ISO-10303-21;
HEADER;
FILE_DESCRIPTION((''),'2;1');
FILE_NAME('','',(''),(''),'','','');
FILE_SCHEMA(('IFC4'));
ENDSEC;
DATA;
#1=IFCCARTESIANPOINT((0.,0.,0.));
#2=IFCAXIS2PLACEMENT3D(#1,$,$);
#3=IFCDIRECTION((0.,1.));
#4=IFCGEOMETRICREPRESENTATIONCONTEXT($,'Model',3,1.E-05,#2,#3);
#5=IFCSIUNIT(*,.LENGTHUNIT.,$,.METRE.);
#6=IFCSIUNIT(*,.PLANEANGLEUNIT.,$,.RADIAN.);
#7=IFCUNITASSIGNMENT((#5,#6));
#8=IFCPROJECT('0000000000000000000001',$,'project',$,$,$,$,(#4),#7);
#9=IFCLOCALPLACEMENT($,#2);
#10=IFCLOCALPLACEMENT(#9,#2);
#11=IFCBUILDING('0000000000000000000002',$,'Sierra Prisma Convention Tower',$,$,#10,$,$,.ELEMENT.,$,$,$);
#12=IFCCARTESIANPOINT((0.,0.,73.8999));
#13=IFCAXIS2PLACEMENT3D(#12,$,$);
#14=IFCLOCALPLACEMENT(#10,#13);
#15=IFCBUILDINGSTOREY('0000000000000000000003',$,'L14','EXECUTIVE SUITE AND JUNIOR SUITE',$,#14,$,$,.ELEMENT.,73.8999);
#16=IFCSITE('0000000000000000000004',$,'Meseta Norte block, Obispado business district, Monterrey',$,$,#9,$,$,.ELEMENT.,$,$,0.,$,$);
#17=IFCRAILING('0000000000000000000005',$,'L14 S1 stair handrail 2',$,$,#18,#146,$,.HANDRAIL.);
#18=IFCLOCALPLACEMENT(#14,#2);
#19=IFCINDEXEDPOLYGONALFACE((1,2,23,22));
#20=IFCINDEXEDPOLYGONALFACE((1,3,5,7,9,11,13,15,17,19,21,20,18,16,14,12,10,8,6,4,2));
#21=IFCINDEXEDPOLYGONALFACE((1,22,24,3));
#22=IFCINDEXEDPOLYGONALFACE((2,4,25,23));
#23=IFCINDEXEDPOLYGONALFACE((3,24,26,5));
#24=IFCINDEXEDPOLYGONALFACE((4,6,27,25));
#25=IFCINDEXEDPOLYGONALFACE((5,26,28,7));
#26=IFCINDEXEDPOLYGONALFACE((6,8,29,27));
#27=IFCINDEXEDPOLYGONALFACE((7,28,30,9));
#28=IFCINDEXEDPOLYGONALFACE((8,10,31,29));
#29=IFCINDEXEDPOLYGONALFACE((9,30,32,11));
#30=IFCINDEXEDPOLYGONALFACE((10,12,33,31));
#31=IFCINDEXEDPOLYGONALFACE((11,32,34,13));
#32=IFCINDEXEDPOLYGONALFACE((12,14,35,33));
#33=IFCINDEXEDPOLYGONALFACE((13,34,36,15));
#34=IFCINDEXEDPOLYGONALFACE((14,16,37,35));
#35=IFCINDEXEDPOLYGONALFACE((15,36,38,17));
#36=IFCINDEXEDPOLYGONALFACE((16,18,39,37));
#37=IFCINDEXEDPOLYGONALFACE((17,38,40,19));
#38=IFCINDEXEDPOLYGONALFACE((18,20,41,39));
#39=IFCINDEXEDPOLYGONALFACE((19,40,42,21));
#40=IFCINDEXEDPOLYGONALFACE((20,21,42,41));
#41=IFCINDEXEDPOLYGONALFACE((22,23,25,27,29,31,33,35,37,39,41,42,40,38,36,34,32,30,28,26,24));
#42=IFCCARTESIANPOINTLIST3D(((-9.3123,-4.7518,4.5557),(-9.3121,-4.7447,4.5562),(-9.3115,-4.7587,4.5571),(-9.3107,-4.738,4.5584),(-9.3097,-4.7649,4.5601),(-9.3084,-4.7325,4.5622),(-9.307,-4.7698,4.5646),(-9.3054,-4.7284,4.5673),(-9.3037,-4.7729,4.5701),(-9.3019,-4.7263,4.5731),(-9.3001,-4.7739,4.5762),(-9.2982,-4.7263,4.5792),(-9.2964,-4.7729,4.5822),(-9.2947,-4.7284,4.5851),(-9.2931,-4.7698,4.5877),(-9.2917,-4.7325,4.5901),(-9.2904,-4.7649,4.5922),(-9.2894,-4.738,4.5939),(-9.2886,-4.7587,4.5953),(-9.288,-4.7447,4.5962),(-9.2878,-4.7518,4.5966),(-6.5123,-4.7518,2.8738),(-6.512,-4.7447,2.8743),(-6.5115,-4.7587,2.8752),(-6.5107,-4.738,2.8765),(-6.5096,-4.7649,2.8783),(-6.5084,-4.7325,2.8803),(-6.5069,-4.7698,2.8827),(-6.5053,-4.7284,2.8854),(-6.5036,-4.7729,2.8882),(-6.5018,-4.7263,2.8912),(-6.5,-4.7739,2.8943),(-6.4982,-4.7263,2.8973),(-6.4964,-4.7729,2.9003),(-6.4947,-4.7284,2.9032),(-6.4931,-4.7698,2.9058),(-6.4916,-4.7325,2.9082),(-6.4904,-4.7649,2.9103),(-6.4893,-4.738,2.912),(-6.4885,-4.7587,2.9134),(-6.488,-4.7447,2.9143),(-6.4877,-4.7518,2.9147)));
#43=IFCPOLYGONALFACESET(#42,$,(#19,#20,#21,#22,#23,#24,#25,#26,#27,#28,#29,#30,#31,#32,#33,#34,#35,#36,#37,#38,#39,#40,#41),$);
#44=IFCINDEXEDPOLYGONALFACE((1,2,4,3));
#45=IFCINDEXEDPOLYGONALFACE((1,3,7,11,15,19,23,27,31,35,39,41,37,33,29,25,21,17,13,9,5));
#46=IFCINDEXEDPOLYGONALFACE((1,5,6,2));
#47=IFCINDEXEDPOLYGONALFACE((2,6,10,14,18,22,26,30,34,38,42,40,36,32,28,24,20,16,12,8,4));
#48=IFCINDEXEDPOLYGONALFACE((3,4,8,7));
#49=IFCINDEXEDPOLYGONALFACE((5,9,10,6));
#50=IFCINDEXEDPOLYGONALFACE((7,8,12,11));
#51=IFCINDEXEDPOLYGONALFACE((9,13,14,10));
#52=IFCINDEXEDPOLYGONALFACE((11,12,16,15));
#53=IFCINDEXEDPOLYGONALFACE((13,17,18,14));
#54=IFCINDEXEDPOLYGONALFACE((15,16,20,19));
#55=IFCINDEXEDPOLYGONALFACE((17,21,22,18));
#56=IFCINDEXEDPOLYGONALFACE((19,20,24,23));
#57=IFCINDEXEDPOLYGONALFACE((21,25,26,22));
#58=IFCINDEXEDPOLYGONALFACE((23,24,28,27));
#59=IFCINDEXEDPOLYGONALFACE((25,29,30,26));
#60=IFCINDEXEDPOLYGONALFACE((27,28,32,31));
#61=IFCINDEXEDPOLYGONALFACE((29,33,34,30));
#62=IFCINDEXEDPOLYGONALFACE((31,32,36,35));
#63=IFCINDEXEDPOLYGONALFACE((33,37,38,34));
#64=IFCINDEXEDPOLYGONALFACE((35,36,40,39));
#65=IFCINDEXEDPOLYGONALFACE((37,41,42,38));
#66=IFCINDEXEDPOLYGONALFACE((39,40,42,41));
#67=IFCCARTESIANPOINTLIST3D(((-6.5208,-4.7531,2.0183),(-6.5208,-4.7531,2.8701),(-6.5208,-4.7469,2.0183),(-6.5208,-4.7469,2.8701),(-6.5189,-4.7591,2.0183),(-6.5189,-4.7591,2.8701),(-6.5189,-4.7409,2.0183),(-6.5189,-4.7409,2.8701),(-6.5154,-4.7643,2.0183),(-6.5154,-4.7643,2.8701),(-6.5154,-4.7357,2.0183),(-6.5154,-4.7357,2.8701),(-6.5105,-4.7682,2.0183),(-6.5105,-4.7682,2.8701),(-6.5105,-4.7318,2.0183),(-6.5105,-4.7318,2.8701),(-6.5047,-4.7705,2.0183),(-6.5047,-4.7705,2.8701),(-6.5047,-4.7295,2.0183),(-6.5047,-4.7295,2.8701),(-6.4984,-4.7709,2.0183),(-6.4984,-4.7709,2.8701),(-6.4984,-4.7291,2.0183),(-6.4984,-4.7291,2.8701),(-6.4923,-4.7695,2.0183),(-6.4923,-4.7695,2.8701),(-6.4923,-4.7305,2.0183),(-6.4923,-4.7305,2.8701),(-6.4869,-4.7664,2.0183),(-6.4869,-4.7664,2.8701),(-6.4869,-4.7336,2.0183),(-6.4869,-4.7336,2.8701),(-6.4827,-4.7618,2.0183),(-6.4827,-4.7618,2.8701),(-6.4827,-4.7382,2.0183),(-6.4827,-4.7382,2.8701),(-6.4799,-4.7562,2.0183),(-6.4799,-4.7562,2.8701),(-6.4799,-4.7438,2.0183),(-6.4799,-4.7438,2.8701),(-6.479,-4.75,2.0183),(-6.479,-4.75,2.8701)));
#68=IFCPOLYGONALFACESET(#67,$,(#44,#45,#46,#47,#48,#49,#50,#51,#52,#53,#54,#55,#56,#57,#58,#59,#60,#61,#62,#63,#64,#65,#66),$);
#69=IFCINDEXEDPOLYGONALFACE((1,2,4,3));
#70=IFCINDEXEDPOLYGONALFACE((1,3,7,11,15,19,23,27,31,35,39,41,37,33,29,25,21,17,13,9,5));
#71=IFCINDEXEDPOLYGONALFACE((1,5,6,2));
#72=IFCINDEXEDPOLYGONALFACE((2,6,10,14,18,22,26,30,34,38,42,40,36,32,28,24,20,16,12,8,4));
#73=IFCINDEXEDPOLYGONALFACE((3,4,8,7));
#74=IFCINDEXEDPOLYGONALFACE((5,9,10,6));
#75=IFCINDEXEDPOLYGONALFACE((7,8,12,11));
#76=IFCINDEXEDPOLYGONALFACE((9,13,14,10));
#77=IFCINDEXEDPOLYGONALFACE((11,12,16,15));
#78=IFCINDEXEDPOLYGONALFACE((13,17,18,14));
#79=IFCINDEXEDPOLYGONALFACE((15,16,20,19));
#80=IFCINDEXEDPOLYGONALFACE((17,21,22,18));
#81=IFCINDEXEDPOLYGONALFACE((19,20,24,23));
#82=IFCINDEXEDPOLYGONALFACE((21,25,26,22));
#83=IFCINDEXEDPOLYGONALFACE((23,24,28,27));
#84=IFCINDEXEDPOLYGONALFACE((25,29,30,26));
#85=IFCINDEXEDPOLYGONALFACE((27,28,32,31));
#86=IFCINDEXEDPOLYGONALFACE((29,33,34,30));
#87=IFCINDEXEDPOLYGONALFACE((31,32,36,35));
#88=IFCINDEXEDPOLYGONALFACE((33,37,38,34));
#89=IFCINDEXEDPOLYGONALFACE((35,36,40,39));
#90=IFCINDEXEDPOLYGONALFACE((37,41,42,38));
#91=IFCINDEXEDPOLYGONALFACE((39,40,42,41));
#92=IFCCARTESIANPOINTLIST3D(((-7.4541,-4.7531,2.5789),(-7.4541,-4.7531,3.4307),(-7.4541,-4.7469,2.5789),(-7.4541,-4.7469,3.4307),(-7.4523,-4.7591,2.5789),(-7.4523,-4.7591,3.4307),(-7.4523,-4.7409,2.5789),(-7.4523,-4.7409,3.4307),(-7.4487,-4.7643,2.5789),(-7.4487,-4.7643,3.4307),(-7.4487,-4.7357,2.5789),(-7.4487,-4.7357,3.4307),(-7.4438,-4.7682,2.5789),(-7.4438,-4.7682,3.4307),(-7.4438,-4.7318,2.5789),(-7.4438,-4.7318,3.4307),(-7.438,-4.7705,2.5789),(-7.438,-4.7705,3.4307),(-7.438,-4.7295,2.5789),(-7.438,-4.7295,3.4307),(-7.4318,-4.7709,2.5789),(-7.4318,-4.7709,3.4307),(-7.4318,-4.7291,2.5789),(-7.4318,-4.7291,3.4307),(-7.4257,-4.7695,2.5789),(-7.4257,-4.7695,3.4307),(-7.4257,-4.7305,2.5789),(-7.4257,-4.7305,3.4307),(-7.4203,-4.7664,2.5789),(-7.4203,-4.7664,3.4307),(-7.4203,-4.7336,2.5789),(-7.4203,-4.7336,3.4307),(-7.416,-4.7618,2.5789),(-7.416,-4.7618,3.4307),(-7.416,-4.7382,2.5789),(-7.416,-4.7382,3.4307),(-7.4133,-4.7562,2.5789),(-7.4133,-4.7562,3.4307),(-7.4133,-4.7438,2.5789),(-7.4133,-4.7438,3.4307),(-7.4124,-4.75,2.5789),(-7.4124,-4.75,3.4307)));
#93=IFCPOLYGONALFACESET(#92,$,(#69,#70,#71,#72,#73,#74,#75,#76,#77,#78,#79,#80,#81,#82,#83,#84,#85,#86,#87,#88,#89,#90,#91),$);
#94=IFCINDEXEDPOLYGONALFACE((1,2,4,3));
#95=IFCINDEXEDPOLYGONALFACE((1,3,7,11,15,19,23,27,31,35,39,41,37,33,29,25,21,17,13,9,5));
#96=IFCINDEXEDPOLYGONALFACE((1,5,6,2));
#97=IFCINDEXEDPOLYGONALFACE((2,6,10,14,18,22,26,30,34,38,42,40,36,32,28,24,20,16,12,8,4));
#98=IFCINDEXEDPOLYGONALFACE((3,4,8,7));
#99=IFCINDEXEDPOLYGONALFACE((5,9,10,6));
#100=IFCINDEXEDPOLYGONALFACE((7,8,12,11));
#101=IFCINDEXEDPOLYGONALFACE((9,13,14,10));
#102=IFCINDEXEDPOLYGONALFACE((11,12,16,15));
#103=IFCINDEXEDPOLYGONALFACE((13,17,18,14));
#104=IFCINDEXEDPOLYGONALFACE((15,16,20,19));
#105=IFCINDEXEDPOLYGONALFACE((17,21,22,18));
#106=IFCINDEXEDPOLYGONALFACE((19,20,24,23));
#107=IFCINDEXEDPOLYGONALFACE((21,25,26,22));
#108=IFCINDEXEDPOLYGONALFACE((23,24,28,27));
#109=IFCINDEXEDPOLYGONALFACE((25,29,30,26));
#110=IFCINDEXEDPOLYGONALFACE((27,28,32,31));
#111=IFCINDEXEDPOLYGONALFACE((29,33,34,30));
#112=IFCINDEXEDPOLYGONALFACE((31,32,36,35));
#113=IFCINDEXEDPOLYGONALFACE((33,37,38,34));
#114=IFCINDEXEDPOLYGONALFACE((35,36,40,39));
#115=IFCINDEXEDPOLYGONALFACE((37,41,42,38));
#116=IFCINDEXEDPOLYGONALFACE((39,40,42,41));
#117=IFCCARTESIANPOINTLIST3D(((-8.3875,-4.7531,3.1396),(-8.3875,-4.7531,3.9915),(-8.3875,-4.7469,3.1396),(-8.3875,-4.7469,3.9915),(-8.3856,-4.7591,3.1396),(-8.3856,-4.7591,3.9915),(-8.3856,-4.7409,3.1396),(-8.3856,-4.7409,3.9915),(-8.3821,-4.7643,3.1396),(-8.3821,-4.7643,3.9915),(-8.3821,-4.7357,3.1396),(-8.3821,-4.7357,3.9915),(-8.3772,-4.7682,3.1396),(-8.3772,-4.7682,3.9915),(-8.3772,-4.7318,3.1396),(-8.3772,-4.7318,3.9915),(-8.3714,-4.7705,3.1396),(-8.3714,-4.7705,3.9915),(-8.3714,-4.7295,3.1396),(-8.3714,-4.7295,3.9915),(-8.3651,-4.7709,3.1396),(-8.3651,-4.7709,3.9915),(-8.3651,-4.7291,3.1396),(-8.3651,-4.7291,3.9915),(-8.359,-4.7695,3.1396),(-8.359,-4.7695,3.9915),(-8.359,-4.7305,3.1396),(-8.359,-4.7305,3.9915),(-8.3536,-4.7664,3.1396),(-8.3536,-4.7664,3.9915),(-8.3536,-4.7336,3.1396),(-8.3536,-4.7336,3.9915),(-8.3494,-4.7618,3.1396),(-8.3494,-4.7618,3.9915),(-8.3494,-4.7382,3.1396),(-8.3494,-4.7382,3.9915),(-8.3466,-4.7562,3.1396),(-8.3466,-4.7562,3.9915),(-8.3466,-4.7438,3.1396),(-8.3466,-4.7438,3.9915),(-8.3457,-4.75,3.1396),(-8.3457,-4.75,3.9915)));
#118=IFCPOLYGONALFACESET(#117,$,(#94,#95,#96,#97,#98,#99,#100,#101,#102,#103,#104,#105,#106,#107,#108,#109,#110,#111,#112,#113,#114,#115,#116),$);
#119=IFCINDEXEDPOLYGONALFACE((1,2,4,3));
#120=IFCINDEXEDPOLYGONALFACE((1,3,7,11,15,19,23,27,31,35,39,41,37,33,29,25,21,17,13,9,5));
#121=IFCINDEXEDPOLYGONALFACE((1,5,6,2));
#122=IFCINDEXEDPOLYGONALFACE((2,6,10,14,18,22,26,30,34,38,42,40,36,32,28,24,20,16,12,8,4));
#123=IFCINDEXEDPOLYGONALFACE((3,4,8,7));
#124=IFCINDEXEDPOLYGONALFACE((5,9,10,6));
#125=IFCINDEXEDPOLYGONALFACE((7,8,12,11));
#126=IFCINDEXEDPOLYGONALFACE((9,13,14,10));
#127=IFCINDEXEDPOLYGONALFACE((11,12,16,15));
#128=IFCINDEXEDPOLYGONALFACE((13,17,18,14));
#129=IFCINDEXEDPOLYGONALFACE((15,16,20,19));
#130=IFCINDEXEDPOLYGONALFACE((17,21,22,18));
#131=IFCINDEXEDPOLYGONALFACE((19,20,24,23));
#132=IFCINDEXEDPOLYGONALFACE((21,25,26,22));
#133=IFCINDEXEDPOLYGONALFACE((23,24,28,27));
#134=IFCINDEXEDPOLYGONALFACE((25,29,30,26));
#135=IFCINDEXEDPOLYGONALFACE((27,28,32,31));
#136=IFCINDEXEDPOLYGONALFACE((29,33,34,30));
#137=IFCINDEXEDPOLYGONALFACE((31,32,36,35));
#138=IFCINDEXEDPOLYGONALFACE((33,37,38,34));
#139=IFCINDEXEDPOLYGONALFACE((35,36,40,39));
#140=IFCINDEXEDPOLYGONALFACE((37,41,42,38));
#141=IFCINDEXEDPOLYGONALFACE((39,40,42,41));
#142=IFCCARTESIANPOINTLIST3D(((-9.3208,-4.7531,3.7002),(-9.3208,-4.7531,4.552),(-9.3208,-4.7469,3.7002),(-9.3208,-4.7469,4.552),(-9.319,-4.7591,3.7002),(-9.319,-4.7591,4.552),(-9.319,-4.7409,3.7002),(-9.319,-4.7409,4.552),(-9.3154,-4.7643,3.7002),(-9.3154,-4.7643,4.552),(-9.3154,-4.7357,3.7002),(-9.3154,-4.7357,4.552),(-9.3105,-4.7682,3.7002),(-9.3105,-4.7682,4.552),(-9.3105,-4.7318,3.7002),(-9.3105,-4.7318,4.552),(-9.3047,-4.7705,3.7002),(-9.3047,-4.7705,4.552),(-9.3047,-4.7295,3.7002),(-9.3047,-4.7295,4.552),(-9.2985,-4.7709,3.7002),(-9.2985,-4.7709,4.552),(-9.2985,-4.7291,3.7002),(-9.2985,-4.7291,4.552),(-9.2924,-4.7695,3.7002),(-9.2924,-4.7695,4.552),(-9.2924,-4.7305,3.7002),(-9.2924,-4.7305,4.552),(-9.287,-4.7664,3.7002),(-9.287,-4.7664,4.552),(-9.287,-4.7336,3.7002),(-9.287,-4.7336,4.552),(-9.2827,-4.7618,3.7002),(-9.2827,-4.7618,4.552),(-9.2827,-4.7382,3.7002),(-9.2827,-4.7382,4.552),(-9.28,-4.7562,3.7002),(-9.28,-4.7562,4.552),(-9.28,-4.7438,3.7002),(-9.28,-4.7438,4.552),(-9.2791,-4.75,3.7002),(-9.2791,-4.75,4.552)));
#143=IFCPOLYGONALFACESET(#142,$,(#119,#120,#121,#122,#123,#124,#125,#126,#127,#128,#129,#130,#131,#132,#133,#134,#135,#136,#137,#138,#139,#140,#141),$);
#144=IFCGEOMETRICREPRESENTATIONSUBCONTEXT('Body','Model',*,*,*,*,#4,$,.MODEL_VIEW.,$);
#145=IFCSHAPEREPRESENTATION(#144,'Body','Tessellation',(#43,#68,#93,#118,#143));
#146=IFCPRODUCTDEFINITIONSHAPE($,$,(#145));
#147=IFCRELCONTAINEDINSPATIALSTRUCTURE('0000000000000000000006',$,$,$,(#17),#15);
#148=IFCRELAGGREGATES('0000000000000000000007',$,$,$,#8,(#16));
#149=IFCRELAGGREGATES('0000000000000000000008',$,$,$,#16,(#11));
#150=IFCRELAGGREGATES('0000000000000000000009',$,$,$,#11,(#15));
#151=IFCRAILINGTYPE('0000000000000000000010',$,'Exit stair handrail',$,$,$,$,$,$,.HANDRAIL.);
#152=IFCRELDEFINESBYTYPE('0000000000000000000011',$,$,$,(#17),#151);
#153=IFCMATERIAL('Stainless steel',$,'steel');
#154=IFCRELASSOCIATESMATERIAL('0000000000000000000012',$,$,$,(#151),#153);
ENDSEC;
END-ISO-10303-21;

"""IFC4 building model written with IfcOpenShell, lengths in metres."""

from ifc_helpers import new_model, si_unit, direction, frame, origin, origin_2d, place, context, subcontext, project, spatial, circle, extrude, material, type_object, element, save


model = new_model("IFC4")

# Units and contexts
model_context = context("Model", 3, precision=1e-05, world=origin(), true_north=direction((0.0, 1.0)))
body_context = subcontext(model_context, "Body", "Model", "MODEL_VIEW")
ifc_project = project(units=[si_unit("LENGTHUNIT", "METRE"), si_unit("PLANEANGLEUNIT", "RADIAN")], contexts=[model_context])

# Site, building, storey
site_placement = place(None, origin())
site = spatial("IfcSite", under=ifc_project, at=site_placement, Name="Meseta Norte block, Obispado business district, Monterrey", CompositionType="ELEMENT", RefElevation=0.0)
building_placement = place(site_placement, origin())
building = spatial("IfcBuilding", under=site, at=building_placement, Name="Sierra Prisma Convention Tower", CompositionType="ELEMENT")
storey_placement = place(building_placement, frame((0.0, 0.0, 73.8999)))
storey = spatial("IfcBuildingStorey", under=building, at=storey_placement, Name="L14", Description="EXECUTIVE SUITE AND JUNIOR SUITE", CompositionType="ELEMENT", Elevation=73.8999)

# Railing
ifc_material_1 = material(Name="Stainless steel", Category="steel")
railing_type_1 = type_object("IfcRailingType", Name="Exit stair handrail", PredefinedType="HANDRAIL", material=ifc_material_1)
railing_1_placement = place(storey_placement, frame((-6.5, -4.75, 2.0183)))
element("IfcRailing", 1, at=railing_1_placement, inside=storey, type_object=railing_type_1, Name="L14 S1 stair handrail 2", PredefinedType="HANDRAIL", context=body_context, shape_type="SweptSolid", body=[
    extrude(circle(Radius=0.0239, at=origin_2d()), frame((0.0, 0.0, 0.876), z_axis=(-0.857242, 0.0, 0.514913), x_axis=(0.0, -1.0, 0.0)), (0.0, 0.0, 1.0), 3.2664),
    extrude(circle(Radius=0.021, at=origin_2d()), origin(), (0.0, 0.0, 1.0), 0.8518),
    extrude(circle(Radius=0.021, at=origin_2d()), frame((-0.9333, 0.0, 0.5605)), (0.0, 0.0, 1.0), 0.8518),
    extrude(circle(Radius=0.021, at=origin_2d()), frame((-1.8667, 0.0, 1.1213)), (0.0, 0.0, 1.0), 0.8518),
    extrude(circle(Radius=0.021, at=origin_2d()), frame((-2.8, 0.0, 1.6819)), (0.0, 0.0, 1.0), 0.8518),
])

save(model, "model.ifc")
